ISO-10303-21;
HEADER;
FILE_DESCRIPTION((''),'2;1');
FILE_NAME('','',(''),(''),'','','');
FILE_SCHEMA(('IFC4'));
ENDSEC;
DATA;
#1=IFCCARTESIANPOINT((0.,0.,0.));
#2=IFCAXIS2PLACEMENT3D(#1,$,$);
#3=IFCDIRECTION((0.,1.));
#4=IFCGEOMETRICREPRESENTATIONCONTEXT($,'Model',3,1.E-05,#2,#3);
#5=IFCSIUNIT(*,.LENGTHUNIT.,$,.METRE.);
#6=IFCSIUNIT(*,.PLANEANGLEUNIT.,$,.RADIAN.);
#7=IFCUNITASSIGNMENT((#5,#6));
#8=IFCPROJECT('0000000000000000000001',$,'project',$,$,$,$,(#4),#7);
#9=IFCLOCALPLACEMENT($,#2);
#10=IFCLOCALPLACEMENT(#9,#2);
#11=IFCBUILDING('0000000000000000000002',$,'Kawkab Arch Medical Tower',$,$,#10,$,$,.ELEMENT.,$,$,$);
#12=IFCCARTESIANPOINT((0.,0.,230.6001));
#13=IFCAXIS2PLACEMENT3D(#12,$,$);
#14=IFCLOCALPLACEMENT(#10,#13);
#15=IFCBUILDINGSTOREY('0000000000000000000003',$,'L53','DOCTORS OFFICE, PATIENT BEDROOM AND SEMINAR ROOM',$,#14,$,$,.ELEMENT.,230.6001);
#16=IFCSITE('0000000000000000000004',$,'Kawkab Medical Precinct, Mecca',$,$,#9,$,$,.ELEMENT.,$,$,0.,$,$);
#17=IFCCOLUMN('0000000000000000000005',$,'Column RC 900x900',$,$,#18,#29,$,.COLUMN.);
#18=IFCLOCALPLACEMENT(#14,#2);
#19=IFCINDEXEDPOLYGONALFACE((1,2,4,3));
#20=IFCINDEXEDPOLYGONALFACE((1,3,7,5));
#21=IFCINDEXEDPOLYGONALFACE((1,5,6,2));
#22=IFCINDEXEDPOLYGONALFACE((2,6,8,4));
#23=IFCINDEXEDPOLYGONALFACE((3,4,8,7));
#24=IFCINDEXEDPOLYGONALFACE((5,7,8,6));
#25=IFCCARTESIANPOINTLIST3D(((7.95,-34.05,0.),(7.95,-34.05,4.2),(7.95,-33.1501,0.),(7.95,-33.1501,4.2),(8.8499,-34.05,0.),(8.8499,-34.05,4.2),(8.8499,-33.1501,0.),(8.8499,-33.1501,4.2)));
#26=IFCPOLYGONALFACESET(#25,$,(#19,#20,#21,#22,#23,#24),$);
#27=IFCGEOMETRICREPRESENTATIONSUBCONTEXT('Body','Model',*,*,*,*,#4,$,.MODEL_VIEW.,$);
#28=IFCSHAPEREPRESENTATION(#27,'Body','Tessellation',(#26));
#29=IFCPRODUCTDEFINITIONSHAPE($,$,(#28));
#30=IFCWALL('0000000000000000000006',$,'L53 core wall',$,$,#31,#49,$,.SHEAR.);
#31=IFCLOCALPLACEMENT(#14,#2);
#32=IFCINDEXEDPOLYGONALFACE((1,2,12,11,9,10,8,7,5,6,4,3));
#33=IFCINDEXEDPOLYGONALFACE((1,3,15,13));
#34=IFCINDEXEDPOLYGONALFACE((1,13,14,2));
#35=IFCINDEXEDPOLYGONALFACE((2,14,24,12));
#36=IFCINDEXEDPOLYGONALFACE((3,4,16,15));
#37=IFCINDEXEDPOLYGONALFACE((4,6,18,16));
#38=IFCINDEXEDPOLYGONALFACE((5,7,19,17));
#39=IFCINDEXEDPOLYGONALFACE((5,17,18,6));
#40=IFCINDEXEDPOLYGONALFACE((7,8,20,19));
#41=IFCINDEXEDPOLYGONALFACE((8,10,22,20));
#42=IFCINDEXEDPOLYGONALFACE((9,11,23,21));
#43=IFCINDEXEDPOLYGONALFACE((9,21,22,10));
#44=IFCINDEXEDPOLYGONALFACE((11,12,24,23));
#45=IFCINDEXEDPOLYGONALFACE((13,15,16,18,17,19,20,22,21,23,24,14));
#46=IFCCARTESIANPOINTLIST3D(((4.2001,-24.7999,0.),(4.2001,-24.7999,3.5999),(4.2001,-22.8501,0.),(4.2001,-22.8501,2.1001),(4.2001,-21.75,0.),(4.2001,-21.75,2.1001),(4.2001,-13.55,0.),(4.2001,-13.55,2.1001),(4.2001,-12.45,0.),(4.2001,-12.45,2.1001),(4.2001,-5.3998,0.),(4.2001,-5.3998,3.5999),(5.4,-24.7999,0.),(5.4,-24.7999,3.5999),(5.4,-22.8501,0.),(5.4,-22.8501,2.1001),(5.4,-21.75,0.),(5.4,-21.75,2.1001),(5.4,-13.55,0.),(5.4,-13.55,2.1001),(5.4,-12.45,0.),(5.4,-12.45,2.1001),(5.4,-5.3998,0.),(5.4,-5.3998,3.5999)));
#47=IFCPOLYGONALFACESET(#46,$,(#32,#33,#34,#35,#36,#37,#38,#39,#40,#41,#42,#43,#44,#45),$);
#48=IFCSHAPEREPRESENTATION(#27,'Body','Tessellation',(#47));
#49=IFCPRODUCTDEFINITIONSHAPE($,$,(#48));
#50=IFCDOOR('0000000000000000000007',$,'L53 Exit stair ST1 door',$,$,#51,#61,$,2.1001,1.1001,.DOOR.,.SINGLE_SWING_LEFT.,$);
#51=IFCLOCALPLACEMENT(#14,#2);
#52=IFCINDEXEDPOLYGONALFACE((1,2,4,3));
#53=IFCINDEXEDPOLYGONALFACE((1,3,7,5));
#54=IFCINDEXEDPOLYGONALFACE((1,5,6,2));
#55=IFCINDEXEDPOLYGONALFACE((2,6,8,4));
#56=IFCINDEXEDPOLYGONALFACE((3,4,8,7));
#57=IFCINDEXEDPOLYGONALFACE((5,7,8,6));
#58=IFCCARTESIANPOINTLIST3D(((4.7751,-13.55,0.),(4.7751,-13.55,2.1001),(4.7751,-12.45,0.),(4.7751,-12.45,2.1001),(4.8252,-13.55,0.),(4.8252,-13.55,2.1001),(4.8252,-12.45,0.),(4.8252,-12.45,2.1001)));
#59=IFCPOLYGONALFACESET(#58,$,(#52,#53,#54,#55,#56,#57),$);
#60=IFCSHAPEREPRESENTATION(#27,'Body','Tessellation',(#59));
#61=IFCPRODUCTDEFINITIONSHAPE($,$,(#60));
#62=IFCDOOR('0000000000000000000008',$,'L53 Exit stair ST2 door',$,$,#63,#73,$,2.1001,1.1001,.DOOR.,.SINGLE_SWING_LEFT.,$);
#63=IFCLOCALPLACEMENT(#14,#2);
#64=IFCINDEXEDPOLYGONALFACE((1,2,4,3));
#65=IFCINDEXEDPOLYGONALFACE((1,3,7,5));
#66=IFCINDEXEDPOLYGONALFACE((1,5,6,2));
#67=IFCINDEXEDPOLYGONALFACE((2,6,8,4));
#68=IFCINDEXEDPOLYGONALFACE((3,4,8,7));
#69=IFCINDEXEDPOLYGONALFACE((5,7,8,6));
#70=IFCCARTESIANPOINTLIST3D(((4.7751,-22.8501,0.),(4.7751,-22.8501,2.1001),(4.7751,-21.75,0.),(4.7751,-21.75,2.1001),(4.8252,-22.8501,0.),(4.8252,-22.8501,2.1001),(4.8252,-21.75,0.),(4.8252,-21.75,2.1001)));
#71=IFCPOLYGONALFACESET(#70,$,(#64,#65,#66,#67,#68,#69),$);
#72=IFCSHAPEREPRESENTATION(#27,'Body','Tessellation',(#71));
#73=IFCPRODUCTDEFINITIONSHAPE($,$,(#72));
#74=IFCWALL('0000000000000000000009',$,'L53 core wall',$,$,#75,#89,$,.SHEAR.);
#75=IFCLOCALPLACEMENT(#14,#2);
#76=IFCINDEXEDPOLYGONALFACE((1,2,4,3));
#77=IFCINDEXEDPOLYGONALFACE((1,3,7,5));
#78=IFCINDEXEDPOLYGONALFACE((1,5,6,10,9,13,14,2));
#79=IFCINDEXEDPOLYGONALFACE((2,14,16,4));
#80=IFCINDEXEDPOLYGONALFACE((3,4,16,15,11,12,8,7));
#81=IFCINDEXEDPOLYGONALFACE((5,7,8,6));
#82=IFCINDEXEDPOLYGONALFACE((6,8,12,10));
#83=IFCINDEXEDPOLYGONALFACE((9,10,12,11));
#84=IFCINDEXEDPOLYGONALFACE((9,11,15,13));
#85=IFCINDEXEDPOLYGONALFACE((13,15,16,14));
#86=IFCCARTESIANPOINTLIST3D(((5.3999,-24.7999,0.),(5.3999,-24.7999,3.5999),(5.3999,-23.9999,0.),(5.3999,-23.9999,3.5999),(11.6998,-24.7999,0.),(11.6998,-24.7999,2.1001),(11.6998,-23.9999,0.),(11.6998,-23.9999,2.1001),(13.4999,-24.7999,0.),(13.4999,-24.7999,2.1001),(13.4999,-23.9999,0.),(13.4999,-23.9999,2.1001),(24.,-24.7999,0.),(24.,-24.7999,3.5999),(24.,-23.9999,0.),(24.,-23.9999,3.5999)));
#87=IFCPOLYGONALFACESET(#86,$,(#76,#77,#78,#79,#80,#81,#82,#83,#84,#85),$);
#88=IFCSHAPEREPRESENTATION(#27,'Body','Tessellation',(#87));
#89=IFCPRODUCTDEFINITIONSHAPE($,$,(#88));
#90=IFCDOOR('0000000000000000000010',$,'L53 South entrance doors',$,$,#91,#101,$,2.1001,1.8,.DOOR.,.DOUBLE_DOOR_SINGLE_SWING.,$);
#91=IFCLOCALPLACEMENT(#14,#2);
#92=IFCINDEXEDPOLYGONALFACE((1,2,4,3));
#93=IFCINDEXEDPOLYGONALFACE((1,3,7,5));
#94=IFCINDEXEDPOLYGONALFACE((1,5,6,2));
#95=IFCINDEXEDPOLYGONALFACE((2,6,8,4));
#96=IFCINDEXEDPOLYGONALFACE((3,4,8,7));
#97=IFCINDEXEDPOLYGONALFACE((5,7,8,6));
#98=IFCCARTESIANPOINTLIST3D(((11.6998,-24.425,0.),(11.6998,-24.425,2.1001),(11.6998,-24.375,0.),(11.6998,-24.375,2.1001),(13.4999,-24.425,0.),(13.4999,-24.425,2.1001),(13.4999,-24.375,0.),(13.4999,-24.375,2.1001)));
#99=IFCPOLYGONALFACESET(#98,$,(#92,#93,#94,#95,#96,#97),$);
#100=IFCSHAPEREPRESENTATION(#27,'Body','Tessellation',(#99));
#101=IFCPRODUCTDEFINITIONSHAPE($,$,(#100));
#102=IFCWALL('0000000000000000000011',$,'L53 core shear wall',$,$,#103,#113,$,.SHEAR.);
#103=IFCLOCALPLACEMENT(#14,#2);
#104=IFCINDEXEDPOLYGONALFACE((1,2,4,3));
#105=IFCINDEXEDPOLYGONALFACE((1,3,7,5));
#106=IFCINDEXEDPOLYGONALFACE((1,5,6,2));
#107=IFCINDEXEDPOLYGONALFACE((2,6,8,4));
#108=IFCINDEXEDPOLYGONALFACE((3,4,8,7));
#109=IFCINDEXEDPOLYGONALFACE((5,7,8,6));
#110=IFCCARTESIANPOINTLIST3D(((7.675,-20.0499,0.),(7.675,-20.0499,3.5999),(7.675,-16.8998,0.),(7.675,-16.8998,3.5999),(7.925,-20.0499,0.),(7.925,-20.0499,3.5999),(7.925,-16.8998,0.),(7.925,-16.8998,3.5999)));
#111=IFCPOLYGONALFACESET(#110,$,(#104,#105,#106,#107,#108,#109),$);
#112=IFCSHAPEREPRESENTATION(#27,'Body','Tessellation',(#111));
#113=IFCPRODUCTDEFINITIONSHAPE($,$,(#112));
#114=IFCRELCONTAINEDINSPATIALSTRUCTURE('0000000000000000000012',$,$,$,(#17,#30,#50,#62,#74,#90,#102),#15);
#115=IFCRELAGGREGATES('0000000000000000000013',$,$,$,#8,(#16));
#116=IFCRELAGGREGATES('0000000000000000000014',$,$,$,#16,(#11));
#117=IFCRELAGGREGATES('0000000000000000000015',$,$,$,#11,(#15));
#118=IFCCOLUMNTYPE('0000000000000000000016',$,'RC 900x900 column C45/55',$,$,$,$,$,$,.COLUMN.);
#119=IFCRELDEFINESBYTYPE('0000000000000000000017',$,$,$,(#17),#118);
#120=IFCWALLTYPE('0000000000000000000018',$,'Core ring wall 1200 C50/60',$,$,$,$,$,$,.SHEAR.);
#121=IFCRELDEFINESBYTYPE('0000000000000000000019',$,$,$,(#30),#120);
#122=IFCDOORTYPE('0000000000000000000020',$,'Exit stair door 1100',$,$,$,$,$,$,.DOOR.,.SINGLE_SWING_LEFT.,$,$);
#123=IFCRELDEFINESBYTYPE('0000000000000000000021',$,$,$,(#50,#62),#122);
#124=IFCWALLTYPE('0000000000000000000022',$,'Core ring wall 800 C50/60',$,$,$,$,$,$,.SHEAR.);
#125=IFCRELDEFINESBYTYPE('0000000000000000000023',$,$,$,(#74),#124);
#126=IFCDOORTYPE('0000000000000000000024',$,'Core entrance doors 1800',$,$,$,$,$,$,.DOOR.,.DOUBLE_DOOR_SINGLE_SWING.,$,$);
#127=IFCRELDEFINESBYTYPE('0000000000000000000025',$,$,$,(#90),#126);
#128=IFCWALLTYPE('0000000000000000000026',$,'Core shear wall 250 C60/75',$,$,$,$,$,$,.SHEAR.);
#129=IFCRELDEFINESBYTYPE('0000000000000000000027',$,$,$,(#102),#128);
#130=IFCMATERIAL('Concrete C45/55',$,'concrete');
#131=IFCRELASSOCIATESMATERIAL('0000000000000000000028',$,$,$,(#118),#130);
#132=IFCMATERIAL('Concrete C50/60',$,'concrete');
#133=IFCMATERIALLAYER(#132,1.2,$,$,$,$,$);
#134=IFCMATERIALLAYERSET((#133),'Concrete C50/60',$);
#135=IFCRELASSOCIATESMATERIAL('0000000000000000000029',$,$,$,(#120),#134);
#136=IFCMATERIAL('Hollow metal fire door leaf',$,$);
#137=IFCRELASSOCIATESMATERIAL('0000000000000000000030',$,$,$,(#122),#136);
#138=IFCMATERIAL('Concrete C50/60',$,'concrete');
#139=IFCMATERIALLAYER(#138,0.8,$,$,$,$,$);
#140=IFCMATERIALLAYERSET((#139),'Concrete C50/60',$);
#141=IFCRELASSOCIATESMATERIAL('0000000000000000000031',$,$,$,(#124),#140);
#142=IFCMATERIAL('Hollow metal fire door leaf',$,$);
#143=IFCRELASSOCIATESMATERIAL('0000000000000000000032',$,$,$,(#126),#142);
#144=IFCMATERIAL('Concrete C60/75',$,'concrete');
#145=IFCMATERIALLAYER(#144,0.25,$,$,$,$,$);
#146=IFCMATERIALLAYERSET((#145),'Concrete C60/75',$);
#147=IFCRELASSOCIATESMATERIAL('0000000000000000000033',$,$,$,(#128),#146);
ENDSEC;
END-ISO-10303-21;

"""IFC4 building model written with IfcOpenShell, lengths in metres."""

from ifc_helpers import new_model, si_unit, direction, frame, frame_2d, origin, origin_2d, place, context, subcontext, project, spatial, rectangle, extrude, material, layer, layer_set, material_profile, profile_set, type_object, element, fill, save


model = new_model("IFC4")

# Units and contexts
model_context = context("Model", 3, precision=1e-05, world=origin(), true_north=direction((0.0, 1.0)))
body_context = subcontext(model_context, "Body", "Model", "MODEL_VIEW")
ifc_project = project(units=[si_unit("LENGTHUNIT", "METRE"), si_unit("PLANEANGLEUNIT", "RADIAN")], contexts=[model_context])

# Site, building, storey
site_placement = place(None, origin())
site = spatial("IfcSite", under=ifc_project, at=site_placement, Name="Kawkab Medical Precinct, Mecca", CompositionType="ELEMENT", RefElevation=0.0)
building_placement = place(site_placement, origin())
building = spatial("IfcBuilding", under=site, at=building_placement, Name="Kawkab Arch Medical Tower", CompositionType="ELEMENT")
storey_placement = place(building_placement, frame((0.0, 0.0, 230.6001)))
storey = spatial("IfcBuildingStorey", under=building, at=storey_placement, Name="L53", Description="DOCTORS OFFICE, PATIENT BEDROOM AND SEMINAR ROOM", CompositionType="ELEMENT", Elevation=230.6001)

# Column
ifc_material_1 = material(Name="Concrete C45/55", Category="concrete")
ifc_material_profile = material_profile(ifc_material_1, rectangle(XDim=0.8999, YDim=0.8999, at=origin_2d()), Name="RC 900x900")
ifc_profile_set = profile_set([ifc_material_profile], Name="Concrete C45/55")
column_type = type_object("IfcColumnType", Name="RC 900x900 column C45/55", PredefinedType="COLUMN", material=ifc_profile_set)
column_placement = place(storey_placement, frame((8.3999, -33.6001, 0.0), z_axis=(0.0, 0.0, 1.0), x_axis=(1.0, 0.0, 0.0)))
element("IfcColumn", 1, at=column_placement, inside=storey, type_object=column_type, Name="Column RC 900x900", PredefinedType="COLUMN", context=body_context, shape_type="SweptSolid", body=[
    extrude(rectangle(XDim=0.8999, YDim=0.8999, at=origin_2d()), origin(), (0.0, 0.0, 1.0), 4.2),
])

# Wall, openings, doors
ifc_material_2 = material(Name="Concrete C50/60", Category="concrete")
ifc_layer_1 = layer(ifc_material_2, 1.2)
ifc_layer_set_1 = layer_set([ifc_layer_1], Name="Concrete C50/60")
wall_type_1 = type_object("IfcWallType", Name="Core ring wall 1200 C50/60", PredefinedType="SHEAR", material=ifc_layer_set_1)
wall_1_placement = place(storey_placement, frame((4.8, -24.8, 0.0), z_axis=(0.0, 0.0, 1.0), x_axis=(0.0, 1.0, 0.0)))
wall_1 = element("IfcWall", 2, at=wall_1_placement, inside=storey, type_object=wall_type_1, Name="L53 core wall", PredefinedType="SHEAR", context=body_context, shape_type="SweptSolid", body=[
    extrude(rectangle(XDim=19.4001, YDim=1.2, at=frame_2d((9.7002, 0.0))), origin(), (0.0, 0.0, 1.0), 3.5999),
])
opening_1_placement = place(wall_1_placement, frame((11.25, 0.0, 0.0)))
opening_1 = element("IfcOpeningElement", 3, at=opening_1_placement, cuts=wall_1, PredefinedType="OPENING", context=body_context, shape_type="SweptSolid", body=[
    extrude(rectangle(XDim=1.1001, YDim=2.1001, at=frame_2d((0.55, 1.05))), frame((0.0, 0.6099, 0.0), z_axis=(0.0, -1.0, 0.0), x_axis=(1.0, 0.0, 0.0)), (0.0, 0.0, 1.0), 1.22),
])
opening_2_placement = place(wall_1_placement, frame((1.95, 0.0, 0.0)))
opening_2 = element("IfcOpeningElement", 4, at=opening_2_placement, cuts=wall_1, PredefinedType="OPENING", context=body_context, shape_type="SweptSolid", body=[
    extrude(rectangle(XDim=1.1001, YDim=2.1001, at=frame_2d((0.55, 1.05))), frame((0.0, 0.6099, 0.0), z_axis=(0.0, -1.0, 0.0), x_axis=(1.0, 0.0, 0.0)), (0.0, 0.0, 1.0), 1.22),
])
ifc_material_3 = material(Name="Hollow metal fire door leaf")
door_type_1 = type_object("IfcDoorType", Name="Exit stair door 1100", OperationType="SINGLE_SWING_LEFT", PredefinedType="DOOR", material=ifc_material_3)
door_1_placement = place(opening_1_placement, origin())
door_1 = element("IfcDoor", 5, at=door_1_placement, inside=storey, type_object=door_type_1, Name="L53 Exit stair ST1 door", OperationType="SINGLE_SWING_LEFT", OverallHeight=2.1001, OverallWidth=1.1001, PredefinedType="DOOR", context=body_context, shape_type="SweptSolid", body=[
    extrude(rectangle(XDim=1.1001, YDim=2.1001, at=frame_2d((0.55, 1.05))), frame((0.0, 0.0249, 0.0), z_axis=(0.0, -1.0, 0.0), x_axis=(1.0, 0.0, 0.0)), (0.0, 0.0, 1.0), 0.05),
])
fill(opening_1, door_1)
door_2_placement = place(opening_2_placement, origin())
door_2 = element("IfcDoor", 6, at=door_2_placement, inside=storey, type_object=door_type_1, Name="L53 Exit stair ST2 door", OperationType="SINGLE_SWING_LEFT", OverallHeight=2.1001, OverallWidth=1.1001, PredefinedType="DOOR", context=body_context, shape_type="SweptSolid", body=[
    extrude(rectangle(XDim=1.1001, YDim=2.1001, at=frame_2d((0.55, 1.05))), frame((0.0, 0.0249, 0.0), z_axis=(0.0, -1.0, 0.0), x_axis=(1.0, 0.0, 0.0)), (0.0, 0.0, 1.0), 0.05),
])
fill(opening_2, door_2)

# Wall, opening, door
ifc_material_4 = material(Name="Concrete C50/60", Category="concrete")
ifc_layer_2 = layer(ifc_material_4, 0.8)
ifc_layer_set_2 = layer_set([ifc_layer_2], Name="Concrete C50/60")
wall_type_2 = type_object("IfcWallType", Name="Core ring wall 800 C50/60", PredefinedType="SHEAR", material=ifc_layer_set_2)
wall_2_placement = place(storey_placement, frame((5.3999, -24.3999, 0.0), z_axis=(0.0, 0.0, 1.0), x_axis=(1.0, 0.0, 0.0)))
wall_2 = element("IfcWall", 7, at=wall_2_placement, inside=storey, type_object=wall_type_2, Name="L53 core wall", PredefinedType="SHEAR", context=body_context, shape_type="SweptSolid", body=[
    extrude(rectangle(XDim=18.6001, YDim=0.8, at=frame_2d((9.3, 0.0))), origin(), (0.0, 0.0, 1.0), 3.5999),
])
opening_3_placement = place(wall_2_placement, frame((6.3, 0.0, 0.0)))
opening_3 = element("IfcOpeningElement", 8, at=opening_3_placement, cuts=wall_2, PredefinedType="OPENING", context=body_context, shape_type="SweptSolid", body=[
    extrude(rectangle(XDim=1.8, YDim=2.1001, at=frame_2d((0.8999, 1.05))), frame((0.0, 0.4099, 0.0), z_axis=(0.0, -1.0, 0.0), x_axis=(1.0, 0.0, 0.0)), (0.0, 0.0, 1.0), 0.8201),
])
ifc_material_5 = material(Name="Hollow metal fire door leaf")
door_type_2 = type_object("IfcDoorType", Name="Core entrance doors 1800", OperationType="DOUBLE_DOOR_SINGLE_SWING", PredefinedType="DOOR", material=ifc_material_5)
door_3_placement = place(opening_3_placement, origin())
door_3 = element("IfcDoor", 9, at=door_3_placement, inside=storey, type_object=door_type_2, Name="L53 South entrance doors", OperationType="DOUBLE_DOOR_SINGLE_SWING", OverallHeight=2.1001, OverallWidth=1.8, PredefinedType="DOOR", context=body_context, shape_type="SweptSolid", body=[
    extrude(rectangle(XDim=1.8, YDim=2.1001, at=frame_2d((0.8999, 1.05))), frame((0.0, 0.0249, 0.0), z_axis=(0.0, -1.0, 0.0), x_axis=(1.0, 0.0, 0.0)), (0.0, 0.0, 1.0), 0.05),
])
fill(opening_3, door_3)

# Wall
ifc_material_6 = material(Name="Concrete C60/75", Category="concrete")
ifc_layer_3 = layer(ifc_material_6, 0.25)
ifc_layer_set_3 = layer_set([ifc_layer_3], Name="Concrete C60/75")
wall_type_3 = type_object("IfcWallType", Name="Core shear wall 250 C60/75", PredefinedType="SHEAR", material=ifc_layer_set_3)
wall_3_placement = place(storey_placement, frame((7.8, -20.05, 0.0), z_axis=(0.0, 0.0, 1.0), x_axis=(0.0, 1.0, 0.0)))
element("IfcWall", 10, at=wall_3_placement, inside=storey, type_object=wall_type_3, Name="L53 core shear wall", PredefinedType="SHEAR", context=body_context, shape_type="SweptSolid", body=[
    extrude(rectangle(XDim=3.1501, YDim=0.25, at=frame_2d((1.5752, 0.0))), origin(), (0.0, 0.0, 1.0), 3.5999),
])

save(model, "model.ifc")
